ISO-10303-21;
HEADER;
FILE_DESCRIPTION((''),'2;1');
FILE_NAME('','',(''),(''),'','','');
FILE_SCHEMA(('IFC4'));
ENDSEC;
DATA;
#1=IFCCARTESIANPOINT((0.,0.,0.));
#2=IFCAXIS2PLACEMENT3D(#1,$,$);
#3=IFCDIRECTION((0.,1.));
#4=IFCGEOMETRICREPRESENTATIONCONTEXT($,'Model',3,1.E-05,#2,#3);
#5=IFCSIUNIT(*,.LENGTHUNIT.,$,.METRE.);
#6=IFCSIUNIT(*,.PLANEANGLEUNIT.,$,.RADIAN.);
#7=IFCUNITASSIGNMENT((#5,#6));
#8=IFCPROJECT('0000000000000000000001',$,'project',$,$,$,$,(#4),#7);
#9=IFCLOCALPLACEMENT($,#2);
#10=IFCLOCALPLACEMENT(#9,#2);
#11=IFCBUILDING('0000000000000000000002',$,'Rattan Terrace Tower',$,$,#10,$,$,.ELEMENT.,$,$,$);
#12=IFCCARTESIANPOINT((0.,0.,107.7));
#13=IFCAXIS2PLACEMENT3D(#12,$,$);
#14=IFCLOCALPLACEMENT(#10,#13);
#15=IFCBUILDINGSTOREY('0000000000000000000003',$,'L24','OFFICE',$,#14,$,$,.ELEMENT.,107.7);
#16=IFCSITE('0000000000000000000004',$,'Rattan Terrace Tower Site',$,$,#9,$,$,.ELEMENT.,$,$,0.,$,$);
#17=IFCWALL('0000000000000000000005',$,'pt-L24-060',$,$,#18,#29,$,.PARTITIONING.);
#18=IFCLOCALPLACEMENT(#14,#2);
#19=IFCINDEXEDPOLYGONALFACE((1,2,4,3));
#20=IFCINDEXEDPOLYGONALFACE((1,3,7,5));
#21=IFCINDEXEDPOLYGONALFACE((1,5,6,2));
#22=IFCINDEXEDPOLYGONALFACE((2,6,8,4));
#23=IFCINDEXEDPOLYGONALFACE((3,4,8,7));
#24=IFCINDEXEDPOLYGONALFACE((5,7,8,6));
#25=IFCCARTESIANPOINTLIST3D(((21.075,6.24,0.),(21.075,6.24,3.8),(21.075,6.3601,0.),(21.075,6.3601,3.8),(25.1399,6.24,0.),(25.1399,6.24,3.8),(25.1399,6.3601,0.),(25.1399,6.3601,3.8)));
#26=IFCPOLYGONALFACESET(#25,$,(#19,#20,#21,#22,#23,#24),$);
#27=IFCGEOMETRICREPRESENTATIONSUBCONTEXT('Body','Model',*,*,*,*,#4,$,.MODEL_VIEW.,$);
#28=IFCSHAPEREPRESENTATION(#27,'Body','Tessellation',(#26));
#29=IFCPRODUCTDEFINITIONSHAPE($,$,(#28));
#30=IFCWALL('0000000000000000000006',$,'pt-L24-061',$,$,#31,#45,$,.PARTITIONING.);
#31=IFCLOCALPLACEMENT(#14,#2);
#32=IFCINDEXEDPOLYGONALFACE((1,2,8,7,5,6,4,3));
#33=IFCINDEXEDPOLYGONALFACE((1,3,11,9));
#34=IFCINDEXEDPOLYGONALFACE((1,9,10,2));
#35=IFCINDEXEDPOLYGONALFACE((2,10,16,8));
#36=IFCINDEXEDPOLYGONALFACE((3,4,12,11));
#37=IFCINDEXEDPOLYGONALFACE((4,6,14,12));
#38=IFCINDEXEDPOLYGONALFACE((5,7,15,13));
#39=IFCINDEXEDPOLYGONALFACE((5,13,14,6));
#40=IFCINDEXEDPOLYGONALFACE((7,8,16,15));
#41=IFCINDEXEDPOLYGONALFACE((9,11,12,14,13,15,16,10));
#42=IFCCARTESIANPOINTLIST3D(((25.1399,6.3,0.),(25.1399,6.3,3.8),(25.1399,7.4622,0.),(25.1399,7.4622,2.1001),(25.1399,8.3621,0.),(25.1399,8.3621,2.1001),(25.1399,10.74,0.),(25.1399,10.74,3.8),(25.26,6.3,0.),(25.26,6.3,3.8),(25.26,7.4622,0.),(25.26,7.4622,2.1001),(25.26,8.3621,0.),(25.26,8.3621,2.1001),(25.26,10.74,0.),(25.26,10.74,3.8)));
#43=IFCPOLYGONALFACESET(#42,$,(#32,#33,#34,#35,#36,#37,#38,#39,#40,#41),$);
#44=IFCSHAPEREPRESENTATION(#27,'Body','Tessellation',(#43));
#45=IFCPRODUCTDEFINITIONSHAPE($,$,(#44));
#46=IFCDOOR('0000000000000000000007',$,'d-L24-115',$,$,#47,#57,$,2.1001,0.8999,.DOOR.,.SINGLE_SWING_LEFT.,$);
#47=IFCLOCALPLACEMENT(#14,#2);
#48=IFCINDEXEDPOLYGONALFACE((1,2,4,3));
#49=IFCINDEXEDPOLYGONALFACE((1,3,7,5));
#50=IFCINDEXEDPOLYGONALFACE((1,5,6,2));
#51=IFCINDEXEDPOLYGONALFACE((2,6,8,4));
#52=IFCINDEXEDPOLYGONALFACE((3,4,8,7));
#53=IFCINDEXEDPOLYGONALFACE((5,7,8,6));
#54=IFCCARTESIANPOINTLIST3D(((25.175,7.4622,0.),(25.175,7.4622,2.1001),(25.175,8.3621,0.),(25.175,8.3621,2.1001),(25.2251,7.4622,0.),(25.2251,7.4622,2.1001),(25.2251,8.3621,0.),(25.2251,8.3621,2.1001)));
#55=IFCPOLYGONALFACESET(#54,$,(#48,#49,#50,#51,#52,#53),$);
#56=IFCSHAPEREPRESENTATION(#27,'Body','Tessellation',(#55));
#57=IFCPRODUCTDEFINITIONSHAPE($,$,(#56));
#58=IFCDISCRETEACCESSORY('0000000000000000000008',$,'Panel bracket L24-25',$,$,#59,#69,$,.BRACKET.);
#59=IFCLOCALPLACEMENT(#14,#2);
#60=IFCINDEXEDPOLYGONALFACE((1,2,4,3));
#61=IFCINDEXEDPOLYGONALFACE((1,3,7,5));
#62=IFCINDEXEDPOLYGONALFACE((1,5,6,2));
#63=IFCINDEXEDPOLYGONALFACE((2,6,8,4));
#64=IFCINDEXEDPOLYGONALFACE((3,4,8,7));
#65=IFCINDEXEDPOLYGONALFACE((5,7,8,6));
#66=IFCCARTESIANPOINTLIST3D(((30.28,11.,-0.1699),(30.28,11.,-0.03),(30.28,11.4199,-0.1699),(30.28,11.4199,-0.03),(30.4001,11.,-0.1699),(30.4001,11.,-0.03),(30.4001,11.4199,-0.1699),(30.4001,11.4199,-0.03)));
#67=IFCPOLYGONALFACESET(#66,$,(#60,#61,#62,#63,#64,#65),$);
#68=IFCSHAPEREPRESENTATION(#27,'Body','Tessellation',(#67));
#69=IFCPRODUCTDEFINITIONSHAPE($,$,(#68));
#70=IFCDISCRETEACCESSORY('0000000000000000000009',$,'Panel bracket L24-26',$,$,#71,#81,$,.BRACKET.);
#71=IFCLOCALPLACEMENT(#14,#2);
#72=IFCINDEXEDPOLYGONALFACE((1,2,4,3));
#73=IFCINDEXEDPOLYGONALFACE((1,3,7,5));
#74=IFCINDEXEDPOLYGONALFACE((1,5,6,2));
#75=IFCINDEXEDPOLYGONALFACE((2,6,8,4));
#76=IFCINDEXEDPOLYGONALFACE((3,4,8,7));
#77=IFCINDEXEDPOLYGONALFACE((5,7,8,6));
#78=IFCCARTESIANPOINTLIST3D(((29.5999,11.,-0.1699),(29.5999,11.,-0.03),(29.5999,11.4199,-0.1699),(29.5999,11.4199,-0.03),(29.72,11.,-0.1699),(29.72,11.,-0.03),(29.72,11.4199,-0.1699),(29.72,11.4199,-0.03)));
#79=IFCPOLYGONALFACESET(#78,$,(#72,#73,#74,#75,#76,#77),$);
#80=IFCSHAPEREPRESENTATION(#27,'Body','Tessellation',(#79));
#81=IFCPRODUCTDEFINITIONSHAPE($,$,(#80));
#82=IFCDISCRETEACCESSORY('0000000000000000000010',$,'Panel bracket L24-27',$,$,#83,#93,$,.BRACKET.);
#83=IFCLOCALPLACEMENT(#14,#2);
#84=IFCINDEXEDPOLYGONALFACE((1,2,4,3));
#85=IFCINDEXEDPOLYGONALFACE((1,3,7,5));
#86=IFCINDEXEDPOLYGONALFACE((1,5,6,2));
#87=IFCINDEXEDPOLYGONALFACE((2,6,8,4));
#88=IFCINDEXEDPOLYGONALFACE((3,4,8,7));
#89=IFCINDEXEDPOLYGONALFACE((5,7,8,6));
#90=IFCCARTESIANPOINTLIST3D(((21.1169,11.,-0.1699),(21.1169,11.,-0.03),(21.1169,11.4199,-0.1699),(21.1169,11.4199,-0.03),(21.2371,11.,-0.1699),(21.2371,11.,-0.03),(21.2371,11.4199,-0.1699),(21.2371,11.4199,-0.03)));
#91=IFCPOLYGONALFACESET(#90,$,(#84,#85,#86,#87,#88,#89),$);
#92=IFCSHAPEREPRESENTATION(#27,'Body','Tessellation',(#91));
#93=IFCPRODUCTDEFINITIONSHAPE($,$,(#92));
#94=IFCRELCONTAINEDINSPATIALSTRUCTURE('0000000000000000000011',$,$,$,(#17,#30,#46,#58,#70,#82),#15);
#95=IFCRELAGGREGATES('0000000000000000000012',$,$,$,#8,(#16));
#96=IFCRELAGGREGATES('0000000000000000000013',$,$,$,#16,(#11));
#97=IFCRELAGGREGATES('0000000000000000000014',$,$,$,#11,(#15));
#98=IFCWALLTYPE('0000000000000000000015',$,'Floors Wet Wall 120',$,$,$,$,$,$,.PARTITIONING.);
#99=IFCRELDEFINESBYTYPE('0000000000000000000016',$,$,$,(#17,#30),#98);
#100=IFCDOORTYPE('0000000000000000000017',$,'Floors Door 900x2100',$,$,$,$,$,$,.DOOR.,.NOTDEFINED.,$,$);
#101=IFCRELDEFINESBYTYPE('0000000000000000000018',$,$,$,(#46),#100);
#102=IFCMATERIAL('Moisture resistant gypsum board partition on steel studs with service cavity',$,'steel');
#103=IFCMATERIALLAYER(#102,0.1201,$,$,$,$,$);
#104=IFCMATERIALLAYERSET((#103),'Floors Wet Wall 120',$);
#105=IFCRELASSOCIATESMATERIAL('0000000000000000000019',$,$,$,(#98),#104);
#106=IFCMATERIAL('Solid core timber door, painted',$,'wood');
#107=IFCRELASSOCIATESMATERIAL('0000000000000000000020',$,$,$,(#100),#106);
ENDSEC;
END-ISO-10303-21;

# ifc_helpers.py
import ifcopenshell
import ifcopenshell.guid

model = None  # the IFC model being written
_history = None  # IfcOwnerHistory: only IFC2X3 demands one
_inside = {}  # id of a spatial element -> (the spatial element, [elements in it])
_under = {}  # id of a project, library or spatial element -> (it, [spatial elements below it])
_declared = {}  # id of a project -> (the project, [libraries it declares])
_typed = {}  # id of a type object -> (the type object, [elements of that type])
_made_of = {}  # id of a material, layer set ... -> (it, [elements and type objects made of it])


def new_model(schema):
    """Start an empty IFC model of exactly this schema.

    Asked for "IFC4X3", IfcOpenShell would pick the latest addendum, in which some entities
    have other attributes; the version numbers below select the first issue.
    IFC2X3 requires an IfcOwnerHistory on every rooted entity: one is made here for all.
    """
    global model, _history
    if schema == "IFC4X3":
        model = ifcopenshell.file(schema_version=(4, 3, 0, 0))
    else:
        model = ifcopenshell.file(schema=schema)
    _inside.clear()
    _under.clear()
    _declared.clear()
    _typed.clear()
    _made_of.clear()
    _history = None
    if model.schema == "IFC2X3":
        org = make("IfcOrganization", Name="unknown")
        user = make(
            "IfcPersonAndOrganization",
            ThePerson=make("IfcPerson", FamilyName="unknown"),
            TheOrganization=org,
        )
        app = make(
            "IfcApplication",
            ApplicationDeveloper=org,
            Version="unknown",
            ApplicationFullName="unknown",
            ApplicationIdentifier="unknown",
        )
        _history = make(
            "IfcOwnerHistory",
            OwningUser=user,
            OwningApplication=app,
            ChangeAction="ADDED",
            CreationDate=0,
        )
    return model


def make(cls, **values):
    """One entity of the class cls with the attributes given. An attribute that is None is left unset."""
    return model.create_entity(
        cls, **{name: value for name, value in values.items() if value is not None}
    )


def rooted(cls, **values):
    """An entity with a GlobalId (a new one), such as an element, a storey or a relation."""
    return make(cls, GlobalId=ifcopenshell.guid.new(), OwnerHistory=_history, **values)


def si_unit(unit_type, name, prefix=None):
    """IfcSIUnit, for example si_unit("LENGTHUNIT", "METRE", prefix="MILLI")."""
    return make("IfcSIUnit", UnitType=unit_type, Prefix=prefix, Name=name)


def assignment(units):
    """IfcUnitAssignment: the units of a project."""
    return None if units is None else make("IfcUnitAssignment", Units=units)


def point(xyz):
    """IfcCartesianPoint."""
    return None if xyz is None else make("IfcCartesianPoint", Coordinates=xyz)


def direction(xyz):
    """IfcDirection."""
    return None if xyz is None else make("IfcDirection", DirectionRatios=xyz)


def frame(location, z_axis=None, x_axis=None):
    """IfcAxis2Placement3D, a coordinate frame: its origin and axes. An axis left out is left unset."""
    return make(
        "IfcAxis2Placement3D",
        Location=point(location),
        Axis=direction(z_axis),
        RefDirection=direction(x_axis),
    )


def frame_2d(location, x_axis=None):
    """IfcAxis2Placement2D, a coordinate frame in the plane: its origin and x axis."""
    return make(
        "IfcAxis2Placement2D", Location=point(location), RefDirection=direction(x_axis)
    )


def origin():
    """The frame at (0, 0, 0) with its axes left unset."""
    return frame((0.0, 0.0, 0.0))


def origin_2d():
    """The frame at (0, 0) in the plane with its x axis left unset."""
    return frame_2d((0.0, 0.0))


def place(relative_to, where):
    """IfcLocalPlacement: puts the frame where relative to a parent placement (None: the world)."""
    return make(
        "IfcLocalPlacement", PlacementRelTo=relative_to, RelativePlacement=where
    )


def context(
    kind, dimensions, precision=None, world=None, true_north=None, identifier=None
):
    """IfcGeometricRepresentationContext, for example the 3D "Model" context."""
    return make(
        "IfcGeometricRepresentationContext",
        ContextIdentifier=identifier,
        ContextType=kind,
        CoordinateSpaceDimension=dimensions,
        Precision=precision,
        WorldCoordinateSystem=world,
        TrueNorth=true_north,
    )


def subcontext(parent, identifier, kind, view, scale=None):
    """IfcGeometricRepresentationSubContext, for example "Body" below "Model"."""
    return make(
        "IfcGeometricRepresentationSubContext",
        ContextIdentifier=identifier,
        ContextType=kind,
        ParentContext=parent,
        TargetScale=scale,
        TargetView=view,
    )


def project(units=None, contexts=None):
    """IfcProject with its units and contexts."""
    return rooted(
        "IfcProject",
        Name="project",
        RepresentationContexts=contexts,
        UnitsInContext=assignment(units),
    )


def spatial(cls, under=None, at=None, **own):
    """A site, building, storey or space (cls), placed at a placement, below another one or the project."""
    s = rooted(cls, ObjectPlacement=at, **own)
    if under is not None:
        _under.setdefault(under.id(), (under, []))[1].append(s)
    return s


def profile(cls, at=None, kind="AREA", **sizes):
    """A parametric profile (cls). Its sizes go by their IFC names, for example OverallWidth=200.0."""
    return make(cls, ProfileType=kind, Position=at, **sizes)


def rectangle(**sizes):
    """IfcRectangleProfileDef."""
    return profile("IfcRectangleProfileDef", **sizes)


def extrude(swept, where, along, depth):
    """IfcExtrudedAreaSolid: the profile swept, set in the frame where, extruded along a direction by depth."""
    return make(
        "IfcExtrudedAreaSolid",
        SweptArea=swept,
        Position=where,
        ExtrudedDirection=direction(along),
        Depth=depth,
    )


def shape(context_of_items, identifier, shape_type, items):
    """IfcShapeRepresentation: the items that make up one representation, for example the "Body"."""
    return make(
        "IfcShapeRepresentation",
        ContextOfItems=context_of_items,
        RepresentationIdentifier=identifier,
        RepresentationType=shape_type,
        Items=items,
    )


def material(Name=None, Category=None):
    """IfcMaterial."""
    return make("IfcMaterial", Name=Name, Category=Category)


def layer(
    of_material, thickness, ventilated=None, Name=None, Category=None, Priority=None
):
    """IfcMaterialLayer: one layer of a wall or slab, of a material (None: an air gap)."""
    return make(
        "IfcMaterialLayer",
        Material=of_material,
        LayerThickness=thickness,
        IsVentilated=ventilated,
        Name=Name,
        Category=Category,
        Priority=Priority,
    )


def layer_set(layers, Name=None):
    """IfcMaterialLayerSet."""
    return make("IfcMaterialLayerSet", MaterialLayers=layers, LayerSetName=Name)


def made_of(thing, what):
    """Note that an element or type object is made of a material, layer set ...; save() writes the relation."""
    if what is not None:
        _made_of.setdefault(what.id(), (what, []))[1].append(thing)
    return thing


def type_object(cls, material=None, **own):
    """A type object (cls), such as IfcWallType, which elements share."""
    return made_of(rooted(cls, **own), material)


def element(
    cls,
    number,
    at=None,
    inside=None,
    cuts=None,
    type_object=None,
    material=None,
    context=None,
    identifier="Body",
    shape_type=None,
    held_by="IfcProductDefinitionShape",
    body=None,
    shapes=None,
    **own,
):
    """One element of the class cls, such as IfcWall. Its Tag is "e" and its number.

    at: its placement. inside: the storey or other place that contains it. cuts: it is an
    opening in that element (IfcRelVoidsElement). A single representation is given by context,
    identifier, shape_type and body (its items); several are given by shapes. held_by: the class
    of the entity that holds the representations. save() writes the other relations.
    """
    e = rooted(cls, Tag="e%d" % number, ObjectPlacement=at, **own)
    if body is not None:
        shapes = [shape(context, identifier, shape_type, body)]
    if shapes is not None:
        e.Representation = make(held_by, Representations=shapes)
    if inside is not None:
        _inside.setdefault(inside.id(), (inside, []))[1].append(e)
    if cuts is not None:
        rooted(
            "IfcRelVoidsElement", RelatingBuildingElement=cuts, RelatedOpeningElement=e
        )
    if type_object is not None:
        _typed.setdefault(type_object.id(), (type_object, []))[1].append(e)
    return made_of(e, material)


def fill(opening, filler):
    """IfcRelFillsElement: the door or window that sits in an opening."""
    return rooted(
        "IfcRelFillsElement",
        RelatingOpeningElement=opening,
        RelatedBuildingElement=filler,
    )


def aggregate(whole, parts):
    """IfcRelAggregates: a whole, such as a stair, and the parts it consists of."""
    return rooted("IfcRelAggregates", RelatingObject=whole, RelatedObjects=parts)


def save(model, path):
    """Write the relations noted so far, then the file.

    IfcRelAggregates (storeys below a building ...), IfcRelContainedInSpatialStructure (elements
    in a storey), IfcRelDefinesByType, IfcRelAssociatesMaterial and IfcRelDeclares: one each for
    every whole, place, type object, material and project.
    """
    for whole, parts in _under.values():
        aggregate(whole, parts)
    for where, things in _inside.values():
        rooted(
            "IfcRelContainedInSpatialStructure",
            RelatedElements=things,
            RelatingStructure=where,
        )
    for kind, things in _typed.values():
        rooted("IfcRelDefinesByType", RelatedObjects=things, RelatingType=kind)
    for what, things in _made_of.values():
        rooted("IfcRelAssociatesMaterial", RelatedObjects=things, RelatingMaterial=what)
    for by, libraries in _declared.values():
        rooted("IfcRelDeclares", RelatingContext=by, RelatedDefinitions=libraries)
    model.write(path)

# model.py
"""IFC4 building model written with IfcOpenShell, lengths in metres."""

from ifc_helpers import new_model, si_unit, direction, frame, frame_2d, origin, origin_2d, place, context, subcontext, project, spatial, rectangle, extrude, material, layer, layer_set, type_object, element, fill, save


model = new_model("IFC4")

# Units and contexts
model_context = context("Model", 3, precision=1e-05, world=origin(), true_north=direction((0.0, 1.0)))
body_context = subcontext(model_context, "Body", "Model", "MODEL_VIEW")
ifc_project = project(units=[si_unit("LENGTHUNIT", "METRE"), si_unit("PLANEANGLEUNIT", "RADIAN")], contexts=[model_context])

# Site, building, storey
site_placement = place(None, origin())
site = spatial("IfcSite", under=ifc_project, at=site_placement, Name="Rattan Terrace Tower Site", CompositionType="ELEMENT", RefElevation=0.0)
building_placement = place(site_placement, origin())
building = spatial("IfcBuilding", under=site, at=building_placement, Name="Rattan Terrace Tower", CompositionType="ELEMENT")
storey_placement = place(building_placement, frame((0.0, 0.0, 107.7)))
storey = spatial("IfcBuildingStorey", under=building, at=storey_placement, Name="L24", Description="OFFICE", CompositionType="ELEMENT", Elevation=107.7)

# Wall
ifc_material_1 = material(Name="Moisture resistant gypsum board partition on steel studs with service cavity", Category="steel")
ifc_layer_1 = layer(ifc_material_1, 0.1201)
ifc_layer_set_1 = layer_set([ifc_layer_1], Name="Floors Wet Wall 120")
wall_type_1 = type_object("IfcWallType", Name="Floors Wet Wall 120", PredefinedType="PARTITIONING", material=ifc_layer_set_1)
wall_1_placement = place(storey_placement, frame((21.075, 6.3, 0.0), z_axis=(0.0, 0.0, 1.0), x_axis=(1.0, 0.0, 0.0)))
element("IfcWall", 1, at=wall_1_placement, inside=storey, type_object=wall_type_1, Name="pt-L24-060", PredefinedType="PARTITIONING", context=body_context, shape_type="SweptSolid", body=[
    extrude(rectangle(XDim=4.0649, YDim=0.1201, at=frame_2d((2.0325, 0.0))), origin(), (0.0, 0.0, 1.0), 3.8),
])

# Wall, opening, door
wall_2_placement = place(storey_placement, frame((25.2, 6.3, 0.0), z_axis=(0.0, 0.0, 1.0), x_axis=(0.0, 1.0, 0.0)))
wall_2 = element("IfcWall", 2, at=wall_2_placement, inside=storey, type_object=wall_type_1, Name="pt-L24-061", PredefinedType="PARTITIONING", context=body_context, shape_type="SweptSolid", body=[
    extrude(rectangle(XDim=4.4399, YDim=0.1201, at=frame_2d((2.22, 0.0))), origin(), (0.0, 0.0, 1.0), 3.8),
])
opening_1_placement = place(wall_2_placement, frame((1.1621, 0.0, 0.0)))
opening_1 = element("IfcOpeningElement", 3, at=opening_1_placement, cuts=wall_2, PredefinedType="OPENING", context=body_context, shape_type="SweptSolid", body=[
    extrude(rectangle(XDim=0.8999, YDim=2.1001, at=frame_2d((0.45, 1.05))), frame((0.0, 0.0706, 0.0), z_axis=(0.0, -1.0, 0.0), x_axis=(1.0, 0.0, 0.0)), (0.0, 0.0, 1.0), 0.1411),
])
ifc_material_2 = material(Name="Solid core timber door, painted", Category="wood")
door_type_1 = type_object("IfcDoorType", Name="Floors Door 900x2100", OperationType="NOTDEFINED", PredefinedType="DOOR", material=ifc_material_2)
door_1_placement = place(opening_1_placement, origin())
door_1 = element("IfcDoor", 4, at=door_1_placement, inside=storey, type_object=door_type_1, Name="d-L24-115", OperationType="SINGLE_SWING_LEFT", OverallHeight=2.1001, OverallWidth=0.8999, PredefinedType="DOOR", context=body_context, shape_type="SweptSolid", body=[
    extrude(rectangle(XDim=0.8999, YDim=2.1001, at=frame_2d((0.45, 1.05))), frame((0.0, 0.0249, 0.0), z_axis=(0.0, -1.0, 0.0), x_axis=(1.0, 0.0, 0.0)), (0.0, 0.0, 1.0), 0.05),
])
fill(opening_1, door_1)

# Discrete accessories
for number, where, z_axis, x_axis, name in (
    (5, (30.3401, 11.21, -0.1699), (0.0, 0.0, 1.0), (-1.0, 0.0, 0.0), "Panel bracket L24-25"),
    (6, (29.6599, 11.21, -0.1699), (0.0, 0.0, 1.0), (-1.0, 0.0, 0.0), "Panel bracket L24-26"),
    (7, (21.177, 11.21, -0.1699), (0.0, 0.0, 1.0), (-1.0, 0.0, 0.0), "Panel bracket L24-27"),
):
    element("IfcDiscreteAccessory", number, at=place(storey_placement, frame(where, z_axis=z_axis, x_axis=x_axis)), inside=storey, Name=name, PredefinedType="BRACKET", context=body_context, shape_type="SweptSolid", body=[
        extrude(rectangle(XDim=0.1201, YDim=0.4199, at=origin_2d()), origin(), (0.0, 0.0, 1.0), 0.1399),
    ])

save(model, "model.ifc")
